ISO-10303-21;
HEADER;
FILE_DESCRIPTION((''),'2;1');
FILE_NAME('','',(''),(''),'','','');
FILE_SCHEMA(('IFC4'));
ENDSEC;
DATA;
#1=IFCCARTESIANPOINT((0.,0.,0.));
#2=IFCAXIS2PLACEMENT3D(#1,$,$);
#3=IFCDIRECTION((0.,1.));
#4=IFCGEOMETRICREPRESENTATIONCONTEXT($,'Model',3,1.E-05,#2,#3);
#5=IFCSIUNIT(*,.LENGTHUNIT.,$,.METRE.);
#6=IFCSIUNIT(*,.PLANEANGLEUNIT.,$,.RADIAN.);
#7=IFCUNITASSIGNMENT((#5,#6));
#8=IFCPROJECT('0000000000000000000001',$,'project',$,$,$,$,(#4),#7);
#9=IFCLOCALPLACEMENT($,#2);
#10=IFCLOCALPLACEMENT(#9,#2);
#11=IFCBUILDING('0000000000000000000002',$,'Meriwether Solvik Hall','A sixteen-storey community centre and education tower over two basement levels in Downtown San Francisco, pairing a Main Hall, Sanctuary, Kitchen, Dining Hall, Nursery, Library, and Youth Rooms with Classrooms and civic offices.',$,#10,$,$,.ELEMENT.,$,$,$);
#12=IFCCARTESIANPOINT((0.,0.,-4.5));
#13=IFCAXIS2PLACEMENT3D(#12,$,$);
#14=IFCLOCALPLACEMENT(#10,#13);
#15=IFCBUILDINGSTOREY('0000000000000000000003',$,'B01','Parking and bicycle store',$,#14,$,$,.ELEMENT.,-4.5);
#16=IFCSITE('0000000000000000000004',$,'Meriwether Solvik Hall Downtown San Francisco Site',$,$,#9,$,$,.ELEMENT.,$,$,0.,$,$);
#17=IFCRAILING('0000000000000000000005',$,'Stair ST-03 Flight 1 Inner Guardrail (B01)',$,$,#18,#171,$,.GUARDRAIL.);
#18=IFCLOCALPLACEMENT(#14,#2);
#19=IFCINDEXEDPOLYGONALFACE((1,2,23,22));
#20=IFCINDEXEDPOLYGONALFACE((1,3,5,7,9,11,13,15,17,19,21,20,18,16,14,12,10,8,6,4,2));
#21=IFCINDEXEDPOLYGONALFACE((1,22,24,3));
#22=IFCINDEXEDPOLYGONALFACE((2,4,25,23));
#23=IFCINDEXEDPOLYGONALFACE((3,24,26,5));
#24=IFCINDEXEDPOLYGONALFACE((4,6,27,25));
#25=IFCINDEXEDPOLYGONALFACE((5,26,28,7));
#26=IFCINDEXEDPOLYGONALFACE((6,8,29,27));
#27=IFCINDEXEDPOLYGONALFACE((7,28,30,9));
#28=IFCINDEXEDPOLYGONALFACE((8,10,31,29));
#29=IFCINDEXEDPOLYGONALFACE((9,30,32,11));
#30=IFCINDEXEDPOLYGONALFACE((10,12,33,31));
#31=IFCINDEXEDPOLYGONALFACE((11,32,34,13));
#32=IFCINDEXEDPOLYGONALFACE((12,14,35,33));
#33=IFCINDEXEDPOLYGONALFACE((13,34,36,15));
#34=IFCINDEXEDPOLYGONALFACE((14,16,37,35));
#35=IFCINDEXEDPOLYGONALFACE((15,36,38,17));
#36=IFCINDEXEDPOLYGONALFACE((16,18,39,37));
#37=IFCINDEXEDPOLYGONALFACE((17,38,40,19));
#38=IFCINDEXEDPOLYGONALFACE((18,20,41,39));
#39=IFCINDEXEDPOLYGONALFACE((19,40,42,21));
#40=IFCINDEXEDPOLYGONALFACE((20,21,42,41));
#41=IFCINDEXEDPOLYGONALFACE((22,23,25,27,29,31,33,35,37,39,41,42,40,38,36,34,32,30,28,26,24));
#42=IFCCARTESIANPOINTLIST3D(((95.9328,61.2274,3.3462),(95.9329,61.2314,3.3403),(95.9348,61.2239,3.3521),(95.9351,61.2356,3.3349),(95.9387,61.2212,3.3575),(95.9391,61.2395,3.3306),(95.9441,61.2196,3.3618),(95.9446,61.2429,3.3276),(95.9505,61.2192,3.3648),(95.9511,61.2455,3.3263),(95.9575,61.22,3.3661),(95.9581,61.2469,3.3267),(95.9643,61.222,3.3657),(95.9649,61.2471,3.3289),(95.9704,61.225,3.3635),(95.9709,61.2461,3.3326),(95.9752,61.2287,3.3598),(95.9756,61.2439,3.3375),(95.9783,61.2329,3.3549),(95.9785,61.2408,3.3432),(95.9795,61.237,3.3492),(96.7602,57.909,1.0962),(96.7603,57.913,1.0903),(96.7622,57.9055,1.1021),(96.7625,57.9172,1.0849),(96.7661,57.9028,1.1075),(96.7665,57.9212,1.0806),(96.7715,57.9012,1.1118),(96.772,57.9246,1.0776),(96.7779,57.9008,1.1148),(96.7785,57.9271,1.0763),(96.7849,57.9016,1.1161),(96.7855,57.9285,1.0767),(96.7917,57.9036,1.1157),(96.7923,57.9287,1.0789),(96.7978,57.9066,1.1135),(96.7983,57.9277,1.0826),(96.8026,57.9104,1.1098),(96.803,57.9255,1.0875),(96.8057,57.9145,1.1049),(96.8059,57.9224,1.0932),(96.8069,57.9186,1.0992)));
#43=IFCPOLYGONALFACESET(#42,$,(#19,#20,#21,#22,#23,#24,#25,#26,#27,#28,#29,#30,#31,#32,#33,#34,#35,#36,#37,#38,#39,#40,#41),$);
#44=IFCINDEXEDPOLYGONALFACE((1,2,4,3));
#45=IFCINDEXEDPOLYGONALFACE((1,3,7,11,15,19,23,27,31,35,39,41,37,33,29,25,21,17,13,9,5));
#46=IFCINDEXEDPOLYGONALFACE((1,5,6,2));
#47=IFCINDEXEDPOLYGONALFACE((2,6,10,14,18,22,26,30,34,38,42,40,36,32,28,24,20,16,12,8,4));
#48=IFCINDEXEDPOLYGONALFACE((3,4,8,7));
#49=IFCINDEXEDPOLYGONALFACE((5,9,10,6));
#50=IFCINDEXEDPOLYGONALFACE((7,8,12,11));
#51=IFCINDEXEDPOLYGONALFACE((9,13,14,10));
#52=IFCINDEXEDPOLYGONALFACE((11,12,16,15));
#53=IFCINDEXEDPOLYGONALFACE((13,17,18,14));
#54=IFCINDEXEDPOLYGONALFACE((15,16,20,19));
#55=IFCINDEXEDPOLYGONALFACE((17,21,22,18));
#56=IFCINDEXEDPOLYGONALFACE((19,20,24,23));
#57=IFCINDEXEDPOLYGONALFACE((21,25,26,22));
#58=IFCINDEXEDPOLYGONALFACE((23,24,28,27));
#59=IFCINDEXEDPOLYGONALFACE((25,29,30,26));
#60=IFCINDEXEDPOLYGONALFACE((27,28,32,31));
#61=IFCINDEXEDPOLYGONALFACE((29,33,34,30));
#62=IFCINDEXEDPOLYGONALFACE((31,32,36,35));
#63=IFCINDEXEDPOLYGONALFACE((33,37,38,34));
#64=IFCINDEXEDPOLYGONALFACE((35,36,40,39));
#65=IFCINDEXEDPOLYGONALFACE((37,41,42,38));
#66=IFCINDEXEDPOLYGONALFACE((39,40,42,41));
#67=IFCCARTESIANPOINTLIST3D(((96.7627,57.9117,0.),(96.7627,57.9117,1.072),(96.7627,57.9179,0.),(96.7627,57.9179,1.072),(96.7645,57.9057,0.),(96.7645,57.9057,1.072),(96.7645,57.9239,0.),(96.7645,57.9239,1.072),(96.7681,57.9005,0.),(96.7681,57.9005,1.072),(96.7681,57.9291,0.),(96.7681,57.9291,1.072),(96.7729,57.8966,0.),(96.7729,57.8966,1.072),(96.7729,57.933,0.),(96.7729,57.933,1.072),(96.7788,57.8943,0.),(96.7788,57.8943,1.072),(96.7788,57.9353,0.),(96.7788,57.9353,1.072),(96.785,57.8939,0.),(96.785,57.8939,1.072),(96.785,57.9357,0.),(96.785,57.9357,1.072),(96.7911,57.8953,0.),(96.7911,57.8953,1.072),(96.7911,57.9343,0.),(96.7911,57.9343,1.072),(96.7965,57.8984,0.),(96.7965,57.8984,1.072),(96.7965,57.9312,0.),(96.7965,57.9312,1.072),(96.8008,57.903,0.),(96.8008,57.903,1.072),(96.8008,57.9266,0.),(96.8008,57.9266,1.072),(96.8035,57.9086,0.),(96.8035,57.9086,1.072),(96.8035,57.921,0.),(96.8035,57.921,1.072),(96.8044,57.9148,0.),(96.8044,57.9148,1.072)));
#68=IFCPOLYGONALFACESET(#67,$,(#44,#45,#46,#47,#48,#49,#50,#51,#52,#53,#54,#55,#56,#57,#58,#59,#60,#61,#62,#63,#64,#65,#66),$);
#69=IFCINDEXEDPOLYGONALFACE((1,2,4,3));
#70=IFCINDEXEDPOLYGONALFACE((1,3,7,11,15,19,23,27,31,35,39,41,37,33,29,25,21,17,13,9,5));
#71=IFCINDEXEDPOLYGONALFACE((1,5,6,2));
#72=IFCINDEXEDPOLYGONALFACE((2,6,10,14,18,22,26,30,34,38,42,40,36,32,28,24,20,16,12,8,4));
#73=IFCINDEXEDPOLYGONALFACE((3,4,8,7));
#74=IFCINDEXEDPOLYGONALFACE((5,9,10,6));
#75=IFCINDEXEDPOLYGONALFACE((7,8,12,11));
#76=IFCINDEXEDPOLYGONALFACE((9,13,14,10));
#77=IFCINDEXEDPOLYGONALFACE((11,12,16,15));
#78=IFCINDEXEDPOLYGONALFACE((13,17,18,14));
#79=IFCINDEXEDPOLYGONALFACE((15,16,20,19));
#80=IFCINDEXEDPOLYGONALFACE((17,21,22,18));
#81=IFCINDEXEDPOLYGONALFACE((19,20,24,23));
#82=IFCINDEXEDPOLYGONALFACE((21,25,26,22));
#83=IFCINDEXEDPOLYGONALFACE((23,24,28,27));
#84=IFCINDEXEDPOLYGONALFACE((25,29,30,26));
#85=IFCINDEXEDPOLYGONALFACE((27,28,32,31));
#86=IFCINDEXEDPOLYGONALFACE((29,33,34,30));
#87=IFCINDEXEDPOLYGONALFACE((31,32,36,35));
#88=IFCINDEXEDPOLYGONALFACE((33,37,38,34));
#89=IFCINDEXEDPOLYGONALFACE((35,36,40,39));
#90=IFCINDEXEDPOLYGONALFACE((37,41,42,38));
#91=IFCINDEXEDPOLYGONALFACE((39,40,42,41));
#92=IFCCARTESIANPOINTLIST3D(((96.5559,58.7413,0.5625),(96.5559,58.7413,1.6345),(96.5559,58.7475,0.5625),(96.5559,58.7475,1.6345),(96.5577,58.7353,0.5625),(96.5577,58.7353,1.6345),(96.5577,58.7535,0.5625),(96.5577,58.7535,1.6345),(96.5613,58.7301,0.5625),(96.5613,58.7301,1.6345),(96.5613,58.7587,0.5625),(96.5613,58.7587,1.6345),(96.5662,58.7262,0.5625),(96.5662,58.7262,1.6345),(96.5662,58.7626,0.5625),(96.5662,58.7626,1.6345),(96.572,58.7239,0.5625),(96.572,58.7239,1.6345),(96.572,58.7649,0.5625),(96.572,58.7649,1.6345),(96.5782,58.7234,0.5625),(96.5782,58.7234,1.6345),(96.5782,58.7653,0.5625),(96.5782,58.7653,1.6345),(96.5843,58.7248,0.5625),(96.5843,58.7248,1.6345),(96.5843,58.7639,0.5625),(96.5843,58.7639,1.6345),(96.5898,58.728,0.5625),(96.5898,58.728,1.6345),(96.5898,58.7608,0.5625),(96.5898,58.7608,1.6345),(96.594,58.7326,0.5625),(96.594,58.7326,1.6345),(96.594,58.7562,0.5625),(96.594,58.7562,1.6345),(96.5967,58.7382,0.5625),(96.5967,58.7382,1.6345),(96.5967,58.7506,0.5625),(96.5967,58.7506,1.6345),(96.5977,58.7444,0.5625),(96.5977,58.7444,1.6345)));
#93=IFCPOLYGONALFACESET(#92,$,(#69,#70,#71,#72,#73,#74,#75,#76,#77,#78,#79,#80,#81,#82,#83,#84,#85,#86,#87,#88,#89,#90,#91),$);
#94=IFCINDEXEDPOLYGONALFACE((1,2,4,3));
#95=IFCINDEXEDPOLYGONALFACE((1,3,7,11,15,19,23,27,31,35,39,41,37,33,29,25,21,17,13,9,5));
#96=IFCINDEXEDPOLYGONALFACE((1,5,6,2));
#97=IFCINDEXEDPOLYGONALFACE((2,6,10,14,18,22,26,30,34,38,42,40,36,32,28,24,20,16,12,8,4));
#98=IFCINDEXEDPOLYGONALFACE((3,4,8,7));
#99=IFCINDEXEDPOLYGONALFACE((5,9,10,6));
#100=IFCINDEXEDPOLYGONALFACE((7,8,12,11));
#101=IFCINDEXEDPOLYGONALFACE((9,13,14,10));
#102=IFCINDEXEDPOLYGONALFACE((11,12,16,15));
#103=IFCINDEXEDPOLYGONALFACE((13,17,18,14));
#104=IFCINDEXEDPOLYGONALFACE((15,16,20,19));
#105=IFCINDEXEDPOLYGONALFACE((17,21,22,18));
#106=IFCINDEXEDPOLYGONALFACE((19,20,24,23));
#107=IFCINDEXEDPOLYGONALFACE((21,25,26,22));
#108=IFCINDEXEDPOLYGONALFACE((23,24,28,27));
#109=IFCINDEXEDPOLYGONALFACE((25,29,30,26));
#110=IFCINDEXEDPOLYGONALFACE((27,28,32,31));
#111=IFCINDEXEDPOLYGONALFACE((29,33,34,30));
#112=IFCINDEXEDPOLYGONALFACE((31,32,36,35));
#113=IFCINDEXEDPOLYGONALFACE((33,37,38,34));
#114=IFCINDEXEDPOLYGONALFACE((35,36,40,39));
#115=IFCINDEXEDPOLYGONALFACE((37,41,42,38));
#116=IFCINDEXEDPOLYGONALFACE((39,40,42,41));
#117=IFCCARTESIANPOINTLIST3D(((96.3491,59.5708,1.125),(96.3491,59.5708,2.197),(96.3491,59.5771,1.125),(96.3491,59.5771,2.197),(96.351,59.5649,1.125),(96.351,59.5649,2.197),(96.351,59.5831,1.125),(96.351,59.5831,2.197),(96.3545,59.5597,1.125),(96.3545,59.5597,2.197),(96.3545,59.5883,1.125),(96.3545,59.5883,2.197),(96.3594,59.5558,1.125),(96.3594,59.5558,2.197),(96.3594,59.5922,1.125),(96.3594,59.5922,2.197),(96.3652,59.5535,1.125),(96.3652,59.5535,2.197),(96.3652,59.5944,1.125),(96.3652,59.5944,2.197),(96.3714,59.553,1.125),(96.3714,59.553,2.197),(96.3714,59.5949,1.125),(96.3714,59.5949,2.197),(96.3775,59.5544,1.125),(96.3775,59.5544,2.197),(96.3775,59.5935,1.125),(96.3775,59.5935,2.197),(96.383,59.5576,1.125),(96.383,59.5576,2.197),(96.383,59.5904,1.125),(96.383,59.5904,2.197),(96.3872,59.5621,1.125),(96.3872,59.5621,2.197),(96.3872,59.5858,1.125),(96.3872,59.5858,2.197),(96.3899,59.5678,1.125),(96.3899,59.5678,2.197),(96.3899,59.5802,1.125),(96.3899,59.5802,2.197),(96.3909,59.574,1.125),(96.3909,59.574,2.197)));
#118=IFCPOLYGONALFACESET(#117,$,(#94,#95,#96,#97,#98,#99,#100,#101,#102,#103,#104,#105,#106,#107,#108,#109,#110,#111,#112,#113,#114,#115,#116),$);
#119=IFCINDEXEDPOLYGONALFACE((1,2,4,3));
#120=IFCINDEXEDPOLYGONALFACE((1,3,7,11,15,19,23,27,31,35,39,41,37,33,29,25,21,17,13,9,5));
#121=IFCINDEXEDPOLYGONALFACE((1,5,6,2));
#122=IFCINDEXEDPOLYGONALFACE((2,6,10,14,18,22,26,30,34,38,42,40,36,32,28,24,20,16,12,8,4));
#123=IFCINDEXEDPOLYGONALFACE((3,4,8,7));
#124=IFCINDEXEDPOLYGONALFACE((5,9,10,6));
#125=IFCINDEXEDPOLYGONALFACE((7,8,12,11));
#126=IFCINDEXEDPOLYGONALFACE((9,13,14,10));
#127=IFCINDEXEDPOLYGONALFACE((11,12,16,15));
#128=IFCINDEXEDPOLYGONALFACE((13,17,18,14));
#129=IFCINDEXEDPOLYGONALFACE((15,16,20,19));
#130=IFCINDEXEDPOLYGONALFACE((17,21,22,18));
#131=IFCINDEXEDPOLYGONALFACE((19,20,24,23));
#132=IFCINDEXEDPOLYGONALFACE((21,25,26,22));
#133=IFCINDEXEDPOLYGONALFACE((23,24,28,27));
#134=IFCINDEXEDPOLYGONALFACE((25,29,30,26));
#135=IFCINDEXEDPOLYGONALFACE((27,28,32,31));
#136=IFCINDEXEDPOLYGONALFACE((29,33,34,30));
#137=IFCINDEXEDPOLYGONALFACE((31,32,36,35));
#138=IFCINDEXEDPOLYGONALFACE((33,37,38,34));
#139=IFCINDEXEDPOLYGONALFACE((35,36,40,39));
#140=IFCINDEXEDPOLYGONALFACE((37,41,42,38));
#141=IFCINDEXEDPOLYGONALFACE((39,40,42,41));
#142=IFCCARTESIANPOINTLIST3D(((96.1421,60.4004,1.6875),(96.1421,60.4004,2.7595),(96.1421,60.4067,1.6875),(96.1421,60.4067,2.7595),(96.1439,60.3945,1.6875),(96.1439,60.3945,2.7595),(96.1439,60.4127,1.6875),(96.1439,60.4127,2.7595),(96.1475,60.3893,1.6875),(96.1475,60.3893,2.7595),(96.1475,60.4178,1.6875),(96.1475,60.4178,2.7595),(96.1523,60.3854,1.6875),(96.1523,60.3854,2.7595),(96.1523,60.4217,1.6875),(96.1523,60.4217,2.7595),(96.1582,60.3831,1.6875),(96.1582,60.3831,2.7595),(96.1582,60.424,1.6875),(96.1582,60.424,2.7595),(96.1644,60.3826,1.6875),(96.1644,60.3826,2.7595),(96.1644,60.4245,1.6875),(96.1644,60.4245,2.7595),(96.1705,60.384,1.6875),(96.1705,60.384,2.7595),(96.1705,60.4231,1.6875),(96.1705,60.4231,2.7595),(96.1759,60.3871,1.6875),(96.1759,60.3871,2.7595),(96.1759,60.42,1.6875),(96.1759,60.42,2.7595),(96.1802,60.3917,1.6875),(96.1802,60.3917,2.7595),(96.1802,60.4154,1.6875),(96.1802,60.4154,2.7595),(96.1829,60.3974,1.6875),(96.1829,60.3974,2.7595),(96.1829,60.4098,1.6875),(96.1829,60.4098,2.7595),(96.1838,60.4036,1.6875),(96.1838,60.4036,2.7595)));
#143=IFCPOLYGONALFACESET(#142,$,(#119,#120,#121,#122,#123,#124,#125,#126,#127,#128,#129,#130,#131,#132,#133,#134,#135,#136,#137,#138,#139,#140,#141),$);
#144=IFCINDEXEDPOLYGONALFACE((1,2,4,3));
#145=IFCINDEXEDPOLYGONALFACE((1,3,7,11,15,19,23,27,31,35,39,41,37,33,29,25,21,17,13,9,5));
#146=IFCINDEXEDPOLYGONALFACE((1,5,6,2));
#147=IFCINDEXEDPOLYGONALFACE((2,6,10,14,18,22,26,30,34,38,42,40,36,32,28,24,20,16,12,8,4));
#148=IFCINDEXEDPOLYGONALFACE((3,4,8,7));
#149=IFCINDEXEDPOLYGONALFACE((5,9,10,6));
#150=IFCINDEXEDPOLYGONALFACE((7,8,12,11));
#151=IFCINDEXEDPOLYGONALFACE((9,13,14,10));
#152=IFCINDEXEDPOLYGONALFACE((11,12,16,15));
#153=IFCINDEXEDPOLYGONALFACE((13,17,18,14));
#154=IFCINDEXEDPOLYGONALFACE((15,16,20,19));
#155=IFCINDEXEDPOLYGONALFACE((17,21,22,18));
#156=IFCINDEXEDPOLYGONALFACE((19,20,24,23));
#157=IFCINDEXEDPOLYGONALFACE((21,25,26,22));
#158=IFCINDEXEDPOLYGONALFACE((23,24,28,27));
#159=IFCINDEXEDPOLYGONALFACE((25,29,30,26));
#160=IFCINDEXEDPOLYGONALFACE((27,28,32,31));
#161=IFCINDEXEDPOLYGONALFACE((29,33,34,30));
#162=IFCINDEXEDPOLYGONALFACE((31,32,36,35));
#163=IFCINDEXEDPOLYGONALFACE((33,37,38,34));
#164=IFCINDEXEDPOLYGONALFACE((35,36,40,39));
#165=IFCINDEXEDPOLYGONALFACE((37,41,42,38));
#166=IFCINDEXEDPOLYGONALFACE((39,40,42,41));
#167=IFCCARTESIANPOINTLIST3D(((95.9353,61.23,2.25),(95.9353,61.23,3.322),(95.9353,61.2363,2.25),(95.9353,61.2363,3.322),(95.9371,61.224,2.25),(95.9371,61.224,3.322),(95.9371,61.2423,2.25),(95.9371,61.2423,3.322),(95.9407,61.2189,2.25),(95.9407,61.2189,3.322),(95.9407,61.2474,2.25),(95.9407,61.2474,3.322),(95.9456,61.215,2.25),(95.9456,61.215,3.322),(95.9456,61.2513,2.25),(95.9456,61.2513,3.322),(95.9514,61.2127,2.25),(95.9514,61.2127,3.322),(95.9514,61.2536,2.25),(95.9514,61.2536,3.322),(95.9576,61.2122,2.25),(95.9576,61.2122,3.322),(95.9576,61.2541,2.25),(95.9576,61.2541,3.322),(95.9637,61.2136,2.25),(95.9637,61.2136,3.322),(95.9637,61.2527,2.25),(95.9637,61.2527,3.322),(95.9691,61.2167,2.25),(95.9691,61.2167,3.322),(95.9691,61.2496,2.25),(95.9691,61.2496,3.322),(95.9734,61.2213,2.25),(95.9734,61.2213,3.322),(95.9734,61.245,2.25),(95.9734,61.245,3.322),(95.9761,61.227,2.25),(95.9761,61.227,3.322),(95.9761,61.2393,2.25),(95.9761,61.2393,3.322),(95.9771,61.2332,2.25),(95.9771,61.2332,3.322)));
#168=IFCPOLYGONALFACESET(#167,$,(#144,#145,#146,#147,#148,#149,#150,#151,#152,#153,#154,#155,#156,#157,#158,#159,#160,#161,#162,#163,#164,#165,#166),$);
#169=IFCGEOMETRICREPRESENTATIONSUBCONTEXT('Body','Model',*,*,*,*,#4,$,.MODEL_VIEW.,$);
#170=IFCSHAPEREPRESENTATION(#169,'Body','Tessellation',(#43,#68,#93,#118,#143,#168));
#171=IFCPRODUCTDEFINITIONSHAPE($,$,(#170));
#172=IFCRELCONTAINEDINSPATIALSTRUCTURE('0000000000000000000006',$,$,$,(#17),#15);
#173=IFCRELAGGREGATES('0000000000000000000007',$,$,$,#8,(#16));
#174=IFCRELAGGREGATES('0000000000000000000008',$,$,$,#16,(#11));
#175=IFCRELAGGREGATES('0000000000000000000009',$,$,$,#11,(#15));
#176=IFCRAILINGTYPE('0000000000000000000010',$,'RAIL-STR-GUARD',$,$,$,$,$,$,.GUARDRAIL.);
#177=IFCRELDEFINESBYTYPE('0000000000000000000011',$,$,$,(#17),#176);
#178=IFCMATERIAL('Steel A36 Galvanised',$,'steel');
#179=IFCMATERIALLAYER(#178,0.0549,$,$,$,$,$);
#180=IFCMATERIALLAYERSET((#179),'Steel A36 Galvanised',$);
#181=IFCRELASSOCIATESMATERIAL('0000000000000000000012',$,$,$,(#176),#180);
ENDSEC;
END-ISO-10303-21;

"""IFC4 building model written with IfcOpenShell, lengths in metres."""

from ifc_helpers import new_model, si_unit, direction, frame, origin, origin_2d, place, context, subcontext, project, spatial, circle, extrude, material, layer, layer_set, type_object, element, save


model = new_model("IFC4")

# Units and contexts
model_context = context("Model", 3, precision=1e-05, world=origin(), true_north=direction((0.0, 1.0)))
body_context = subcontext(model_context, "Body", "Model", "MODEL_VIEW")
ifc_project = project(units=[si_unit("LENGTHUNIT", "METRE"), si_unit("PLANEANGLEUNIT", "RADIAN")], contexts=[model_context])

# Site, building, storey
site_placement = place(None, origin())
site = spatial("IfcSite", under=ifc_project, at=site_placement, Name="Meriwether Solvik Hall Downtown San Francisco Site", CompositionType="ELEMENT", RefElevation=0.0)
building_placement = place(site_placement, origin())
building = spatial("IfcBuilding", under=site, at=building_placement, Name="Meriwether Solvik Hall", Description="A sixteen-storey community centre and education tower over two basement levels in Downtown San Francisco, pairing a Main Hall, Sanctuary, Kitchen, Dining Hall, Nursery, Library, and Youth Rooms with Classrooms and civic offices.", CompositionType="ELEMENT")
storey_placement = place(building_placement, frame((0.0, 0.0, -4.5)))
storey = spatial("IfcBuildingStorey", under=building, at=storey_placement, Name="B01", Description="Parking and bicycle store", CompositionType="ELEMENT", Elevation=-4.5)

# Railing
ifc_material_1 = material(Name="Steel A36 Galvanised", Category="steel")
ifc_layer_1 = layer(ifc_material_1, 0.0549)
ifc_layer_set_1 = layer_set([ifc_layer_1], Name="Steel A36 Galvanised")
railing_type_1 = type_object("IfcRailingType", Name="RAIL-STR-GUARD", PredefinedType="GUARDRAIL", material=ifc_layer_set_1)
railing_1_placement = place(storey_placement, frame((96.7834, 57.9148, 0.0)))
element("IfcRailing", 1, at=railing_1_placement, inside=storey, type_object=railing_type_1, Name="Stair ST-03 Flight 1 Inner Guardrail (B01)", PredefinedType="GUARDRAIL", context=body_context, shape_type="SweptSolid", body=[
    extrude(circle(Radius=0.0239, at=origin_2d()), frame((0.0, 0.0, 1.0962), z_axis=(-0.202112, 0.810596, 0.549622), x_axis=(-0.970293, -0.241931, 0.0)), (0.0, 0.0, 1.0), 4.0938),
    extrude(circle(Radius=0.021, at=origin_2d()), origin(), (0.0, 0.0, 1.0), 1.072),
    extrude(circle(Radius=0.021, at=origin_2d()), frame((-0.2068, 0.8296, 0.5625)), (0.0, 0.0, 1.0), 1.072),
    extrude(circle(Radius=0.021, at=origin_2d()), frame((-0.4136, 1.6592, 1.125)), (0.0, 0.0, 1.0), 1.072),
    extrude(circle(Radius=0.021, at=origin_2d()), frame((-0.6206, 2.4888, 1.6875)), (0.0, 0.0, 1.0), 1.072),
    extrude(circle(Radius=0.021, at=origin_2d()), frame((-0.8274, 3.3184, 2.25)), (0.0, 0.0, 1.0), 1.072),
])

save(model, "model.ifc")
